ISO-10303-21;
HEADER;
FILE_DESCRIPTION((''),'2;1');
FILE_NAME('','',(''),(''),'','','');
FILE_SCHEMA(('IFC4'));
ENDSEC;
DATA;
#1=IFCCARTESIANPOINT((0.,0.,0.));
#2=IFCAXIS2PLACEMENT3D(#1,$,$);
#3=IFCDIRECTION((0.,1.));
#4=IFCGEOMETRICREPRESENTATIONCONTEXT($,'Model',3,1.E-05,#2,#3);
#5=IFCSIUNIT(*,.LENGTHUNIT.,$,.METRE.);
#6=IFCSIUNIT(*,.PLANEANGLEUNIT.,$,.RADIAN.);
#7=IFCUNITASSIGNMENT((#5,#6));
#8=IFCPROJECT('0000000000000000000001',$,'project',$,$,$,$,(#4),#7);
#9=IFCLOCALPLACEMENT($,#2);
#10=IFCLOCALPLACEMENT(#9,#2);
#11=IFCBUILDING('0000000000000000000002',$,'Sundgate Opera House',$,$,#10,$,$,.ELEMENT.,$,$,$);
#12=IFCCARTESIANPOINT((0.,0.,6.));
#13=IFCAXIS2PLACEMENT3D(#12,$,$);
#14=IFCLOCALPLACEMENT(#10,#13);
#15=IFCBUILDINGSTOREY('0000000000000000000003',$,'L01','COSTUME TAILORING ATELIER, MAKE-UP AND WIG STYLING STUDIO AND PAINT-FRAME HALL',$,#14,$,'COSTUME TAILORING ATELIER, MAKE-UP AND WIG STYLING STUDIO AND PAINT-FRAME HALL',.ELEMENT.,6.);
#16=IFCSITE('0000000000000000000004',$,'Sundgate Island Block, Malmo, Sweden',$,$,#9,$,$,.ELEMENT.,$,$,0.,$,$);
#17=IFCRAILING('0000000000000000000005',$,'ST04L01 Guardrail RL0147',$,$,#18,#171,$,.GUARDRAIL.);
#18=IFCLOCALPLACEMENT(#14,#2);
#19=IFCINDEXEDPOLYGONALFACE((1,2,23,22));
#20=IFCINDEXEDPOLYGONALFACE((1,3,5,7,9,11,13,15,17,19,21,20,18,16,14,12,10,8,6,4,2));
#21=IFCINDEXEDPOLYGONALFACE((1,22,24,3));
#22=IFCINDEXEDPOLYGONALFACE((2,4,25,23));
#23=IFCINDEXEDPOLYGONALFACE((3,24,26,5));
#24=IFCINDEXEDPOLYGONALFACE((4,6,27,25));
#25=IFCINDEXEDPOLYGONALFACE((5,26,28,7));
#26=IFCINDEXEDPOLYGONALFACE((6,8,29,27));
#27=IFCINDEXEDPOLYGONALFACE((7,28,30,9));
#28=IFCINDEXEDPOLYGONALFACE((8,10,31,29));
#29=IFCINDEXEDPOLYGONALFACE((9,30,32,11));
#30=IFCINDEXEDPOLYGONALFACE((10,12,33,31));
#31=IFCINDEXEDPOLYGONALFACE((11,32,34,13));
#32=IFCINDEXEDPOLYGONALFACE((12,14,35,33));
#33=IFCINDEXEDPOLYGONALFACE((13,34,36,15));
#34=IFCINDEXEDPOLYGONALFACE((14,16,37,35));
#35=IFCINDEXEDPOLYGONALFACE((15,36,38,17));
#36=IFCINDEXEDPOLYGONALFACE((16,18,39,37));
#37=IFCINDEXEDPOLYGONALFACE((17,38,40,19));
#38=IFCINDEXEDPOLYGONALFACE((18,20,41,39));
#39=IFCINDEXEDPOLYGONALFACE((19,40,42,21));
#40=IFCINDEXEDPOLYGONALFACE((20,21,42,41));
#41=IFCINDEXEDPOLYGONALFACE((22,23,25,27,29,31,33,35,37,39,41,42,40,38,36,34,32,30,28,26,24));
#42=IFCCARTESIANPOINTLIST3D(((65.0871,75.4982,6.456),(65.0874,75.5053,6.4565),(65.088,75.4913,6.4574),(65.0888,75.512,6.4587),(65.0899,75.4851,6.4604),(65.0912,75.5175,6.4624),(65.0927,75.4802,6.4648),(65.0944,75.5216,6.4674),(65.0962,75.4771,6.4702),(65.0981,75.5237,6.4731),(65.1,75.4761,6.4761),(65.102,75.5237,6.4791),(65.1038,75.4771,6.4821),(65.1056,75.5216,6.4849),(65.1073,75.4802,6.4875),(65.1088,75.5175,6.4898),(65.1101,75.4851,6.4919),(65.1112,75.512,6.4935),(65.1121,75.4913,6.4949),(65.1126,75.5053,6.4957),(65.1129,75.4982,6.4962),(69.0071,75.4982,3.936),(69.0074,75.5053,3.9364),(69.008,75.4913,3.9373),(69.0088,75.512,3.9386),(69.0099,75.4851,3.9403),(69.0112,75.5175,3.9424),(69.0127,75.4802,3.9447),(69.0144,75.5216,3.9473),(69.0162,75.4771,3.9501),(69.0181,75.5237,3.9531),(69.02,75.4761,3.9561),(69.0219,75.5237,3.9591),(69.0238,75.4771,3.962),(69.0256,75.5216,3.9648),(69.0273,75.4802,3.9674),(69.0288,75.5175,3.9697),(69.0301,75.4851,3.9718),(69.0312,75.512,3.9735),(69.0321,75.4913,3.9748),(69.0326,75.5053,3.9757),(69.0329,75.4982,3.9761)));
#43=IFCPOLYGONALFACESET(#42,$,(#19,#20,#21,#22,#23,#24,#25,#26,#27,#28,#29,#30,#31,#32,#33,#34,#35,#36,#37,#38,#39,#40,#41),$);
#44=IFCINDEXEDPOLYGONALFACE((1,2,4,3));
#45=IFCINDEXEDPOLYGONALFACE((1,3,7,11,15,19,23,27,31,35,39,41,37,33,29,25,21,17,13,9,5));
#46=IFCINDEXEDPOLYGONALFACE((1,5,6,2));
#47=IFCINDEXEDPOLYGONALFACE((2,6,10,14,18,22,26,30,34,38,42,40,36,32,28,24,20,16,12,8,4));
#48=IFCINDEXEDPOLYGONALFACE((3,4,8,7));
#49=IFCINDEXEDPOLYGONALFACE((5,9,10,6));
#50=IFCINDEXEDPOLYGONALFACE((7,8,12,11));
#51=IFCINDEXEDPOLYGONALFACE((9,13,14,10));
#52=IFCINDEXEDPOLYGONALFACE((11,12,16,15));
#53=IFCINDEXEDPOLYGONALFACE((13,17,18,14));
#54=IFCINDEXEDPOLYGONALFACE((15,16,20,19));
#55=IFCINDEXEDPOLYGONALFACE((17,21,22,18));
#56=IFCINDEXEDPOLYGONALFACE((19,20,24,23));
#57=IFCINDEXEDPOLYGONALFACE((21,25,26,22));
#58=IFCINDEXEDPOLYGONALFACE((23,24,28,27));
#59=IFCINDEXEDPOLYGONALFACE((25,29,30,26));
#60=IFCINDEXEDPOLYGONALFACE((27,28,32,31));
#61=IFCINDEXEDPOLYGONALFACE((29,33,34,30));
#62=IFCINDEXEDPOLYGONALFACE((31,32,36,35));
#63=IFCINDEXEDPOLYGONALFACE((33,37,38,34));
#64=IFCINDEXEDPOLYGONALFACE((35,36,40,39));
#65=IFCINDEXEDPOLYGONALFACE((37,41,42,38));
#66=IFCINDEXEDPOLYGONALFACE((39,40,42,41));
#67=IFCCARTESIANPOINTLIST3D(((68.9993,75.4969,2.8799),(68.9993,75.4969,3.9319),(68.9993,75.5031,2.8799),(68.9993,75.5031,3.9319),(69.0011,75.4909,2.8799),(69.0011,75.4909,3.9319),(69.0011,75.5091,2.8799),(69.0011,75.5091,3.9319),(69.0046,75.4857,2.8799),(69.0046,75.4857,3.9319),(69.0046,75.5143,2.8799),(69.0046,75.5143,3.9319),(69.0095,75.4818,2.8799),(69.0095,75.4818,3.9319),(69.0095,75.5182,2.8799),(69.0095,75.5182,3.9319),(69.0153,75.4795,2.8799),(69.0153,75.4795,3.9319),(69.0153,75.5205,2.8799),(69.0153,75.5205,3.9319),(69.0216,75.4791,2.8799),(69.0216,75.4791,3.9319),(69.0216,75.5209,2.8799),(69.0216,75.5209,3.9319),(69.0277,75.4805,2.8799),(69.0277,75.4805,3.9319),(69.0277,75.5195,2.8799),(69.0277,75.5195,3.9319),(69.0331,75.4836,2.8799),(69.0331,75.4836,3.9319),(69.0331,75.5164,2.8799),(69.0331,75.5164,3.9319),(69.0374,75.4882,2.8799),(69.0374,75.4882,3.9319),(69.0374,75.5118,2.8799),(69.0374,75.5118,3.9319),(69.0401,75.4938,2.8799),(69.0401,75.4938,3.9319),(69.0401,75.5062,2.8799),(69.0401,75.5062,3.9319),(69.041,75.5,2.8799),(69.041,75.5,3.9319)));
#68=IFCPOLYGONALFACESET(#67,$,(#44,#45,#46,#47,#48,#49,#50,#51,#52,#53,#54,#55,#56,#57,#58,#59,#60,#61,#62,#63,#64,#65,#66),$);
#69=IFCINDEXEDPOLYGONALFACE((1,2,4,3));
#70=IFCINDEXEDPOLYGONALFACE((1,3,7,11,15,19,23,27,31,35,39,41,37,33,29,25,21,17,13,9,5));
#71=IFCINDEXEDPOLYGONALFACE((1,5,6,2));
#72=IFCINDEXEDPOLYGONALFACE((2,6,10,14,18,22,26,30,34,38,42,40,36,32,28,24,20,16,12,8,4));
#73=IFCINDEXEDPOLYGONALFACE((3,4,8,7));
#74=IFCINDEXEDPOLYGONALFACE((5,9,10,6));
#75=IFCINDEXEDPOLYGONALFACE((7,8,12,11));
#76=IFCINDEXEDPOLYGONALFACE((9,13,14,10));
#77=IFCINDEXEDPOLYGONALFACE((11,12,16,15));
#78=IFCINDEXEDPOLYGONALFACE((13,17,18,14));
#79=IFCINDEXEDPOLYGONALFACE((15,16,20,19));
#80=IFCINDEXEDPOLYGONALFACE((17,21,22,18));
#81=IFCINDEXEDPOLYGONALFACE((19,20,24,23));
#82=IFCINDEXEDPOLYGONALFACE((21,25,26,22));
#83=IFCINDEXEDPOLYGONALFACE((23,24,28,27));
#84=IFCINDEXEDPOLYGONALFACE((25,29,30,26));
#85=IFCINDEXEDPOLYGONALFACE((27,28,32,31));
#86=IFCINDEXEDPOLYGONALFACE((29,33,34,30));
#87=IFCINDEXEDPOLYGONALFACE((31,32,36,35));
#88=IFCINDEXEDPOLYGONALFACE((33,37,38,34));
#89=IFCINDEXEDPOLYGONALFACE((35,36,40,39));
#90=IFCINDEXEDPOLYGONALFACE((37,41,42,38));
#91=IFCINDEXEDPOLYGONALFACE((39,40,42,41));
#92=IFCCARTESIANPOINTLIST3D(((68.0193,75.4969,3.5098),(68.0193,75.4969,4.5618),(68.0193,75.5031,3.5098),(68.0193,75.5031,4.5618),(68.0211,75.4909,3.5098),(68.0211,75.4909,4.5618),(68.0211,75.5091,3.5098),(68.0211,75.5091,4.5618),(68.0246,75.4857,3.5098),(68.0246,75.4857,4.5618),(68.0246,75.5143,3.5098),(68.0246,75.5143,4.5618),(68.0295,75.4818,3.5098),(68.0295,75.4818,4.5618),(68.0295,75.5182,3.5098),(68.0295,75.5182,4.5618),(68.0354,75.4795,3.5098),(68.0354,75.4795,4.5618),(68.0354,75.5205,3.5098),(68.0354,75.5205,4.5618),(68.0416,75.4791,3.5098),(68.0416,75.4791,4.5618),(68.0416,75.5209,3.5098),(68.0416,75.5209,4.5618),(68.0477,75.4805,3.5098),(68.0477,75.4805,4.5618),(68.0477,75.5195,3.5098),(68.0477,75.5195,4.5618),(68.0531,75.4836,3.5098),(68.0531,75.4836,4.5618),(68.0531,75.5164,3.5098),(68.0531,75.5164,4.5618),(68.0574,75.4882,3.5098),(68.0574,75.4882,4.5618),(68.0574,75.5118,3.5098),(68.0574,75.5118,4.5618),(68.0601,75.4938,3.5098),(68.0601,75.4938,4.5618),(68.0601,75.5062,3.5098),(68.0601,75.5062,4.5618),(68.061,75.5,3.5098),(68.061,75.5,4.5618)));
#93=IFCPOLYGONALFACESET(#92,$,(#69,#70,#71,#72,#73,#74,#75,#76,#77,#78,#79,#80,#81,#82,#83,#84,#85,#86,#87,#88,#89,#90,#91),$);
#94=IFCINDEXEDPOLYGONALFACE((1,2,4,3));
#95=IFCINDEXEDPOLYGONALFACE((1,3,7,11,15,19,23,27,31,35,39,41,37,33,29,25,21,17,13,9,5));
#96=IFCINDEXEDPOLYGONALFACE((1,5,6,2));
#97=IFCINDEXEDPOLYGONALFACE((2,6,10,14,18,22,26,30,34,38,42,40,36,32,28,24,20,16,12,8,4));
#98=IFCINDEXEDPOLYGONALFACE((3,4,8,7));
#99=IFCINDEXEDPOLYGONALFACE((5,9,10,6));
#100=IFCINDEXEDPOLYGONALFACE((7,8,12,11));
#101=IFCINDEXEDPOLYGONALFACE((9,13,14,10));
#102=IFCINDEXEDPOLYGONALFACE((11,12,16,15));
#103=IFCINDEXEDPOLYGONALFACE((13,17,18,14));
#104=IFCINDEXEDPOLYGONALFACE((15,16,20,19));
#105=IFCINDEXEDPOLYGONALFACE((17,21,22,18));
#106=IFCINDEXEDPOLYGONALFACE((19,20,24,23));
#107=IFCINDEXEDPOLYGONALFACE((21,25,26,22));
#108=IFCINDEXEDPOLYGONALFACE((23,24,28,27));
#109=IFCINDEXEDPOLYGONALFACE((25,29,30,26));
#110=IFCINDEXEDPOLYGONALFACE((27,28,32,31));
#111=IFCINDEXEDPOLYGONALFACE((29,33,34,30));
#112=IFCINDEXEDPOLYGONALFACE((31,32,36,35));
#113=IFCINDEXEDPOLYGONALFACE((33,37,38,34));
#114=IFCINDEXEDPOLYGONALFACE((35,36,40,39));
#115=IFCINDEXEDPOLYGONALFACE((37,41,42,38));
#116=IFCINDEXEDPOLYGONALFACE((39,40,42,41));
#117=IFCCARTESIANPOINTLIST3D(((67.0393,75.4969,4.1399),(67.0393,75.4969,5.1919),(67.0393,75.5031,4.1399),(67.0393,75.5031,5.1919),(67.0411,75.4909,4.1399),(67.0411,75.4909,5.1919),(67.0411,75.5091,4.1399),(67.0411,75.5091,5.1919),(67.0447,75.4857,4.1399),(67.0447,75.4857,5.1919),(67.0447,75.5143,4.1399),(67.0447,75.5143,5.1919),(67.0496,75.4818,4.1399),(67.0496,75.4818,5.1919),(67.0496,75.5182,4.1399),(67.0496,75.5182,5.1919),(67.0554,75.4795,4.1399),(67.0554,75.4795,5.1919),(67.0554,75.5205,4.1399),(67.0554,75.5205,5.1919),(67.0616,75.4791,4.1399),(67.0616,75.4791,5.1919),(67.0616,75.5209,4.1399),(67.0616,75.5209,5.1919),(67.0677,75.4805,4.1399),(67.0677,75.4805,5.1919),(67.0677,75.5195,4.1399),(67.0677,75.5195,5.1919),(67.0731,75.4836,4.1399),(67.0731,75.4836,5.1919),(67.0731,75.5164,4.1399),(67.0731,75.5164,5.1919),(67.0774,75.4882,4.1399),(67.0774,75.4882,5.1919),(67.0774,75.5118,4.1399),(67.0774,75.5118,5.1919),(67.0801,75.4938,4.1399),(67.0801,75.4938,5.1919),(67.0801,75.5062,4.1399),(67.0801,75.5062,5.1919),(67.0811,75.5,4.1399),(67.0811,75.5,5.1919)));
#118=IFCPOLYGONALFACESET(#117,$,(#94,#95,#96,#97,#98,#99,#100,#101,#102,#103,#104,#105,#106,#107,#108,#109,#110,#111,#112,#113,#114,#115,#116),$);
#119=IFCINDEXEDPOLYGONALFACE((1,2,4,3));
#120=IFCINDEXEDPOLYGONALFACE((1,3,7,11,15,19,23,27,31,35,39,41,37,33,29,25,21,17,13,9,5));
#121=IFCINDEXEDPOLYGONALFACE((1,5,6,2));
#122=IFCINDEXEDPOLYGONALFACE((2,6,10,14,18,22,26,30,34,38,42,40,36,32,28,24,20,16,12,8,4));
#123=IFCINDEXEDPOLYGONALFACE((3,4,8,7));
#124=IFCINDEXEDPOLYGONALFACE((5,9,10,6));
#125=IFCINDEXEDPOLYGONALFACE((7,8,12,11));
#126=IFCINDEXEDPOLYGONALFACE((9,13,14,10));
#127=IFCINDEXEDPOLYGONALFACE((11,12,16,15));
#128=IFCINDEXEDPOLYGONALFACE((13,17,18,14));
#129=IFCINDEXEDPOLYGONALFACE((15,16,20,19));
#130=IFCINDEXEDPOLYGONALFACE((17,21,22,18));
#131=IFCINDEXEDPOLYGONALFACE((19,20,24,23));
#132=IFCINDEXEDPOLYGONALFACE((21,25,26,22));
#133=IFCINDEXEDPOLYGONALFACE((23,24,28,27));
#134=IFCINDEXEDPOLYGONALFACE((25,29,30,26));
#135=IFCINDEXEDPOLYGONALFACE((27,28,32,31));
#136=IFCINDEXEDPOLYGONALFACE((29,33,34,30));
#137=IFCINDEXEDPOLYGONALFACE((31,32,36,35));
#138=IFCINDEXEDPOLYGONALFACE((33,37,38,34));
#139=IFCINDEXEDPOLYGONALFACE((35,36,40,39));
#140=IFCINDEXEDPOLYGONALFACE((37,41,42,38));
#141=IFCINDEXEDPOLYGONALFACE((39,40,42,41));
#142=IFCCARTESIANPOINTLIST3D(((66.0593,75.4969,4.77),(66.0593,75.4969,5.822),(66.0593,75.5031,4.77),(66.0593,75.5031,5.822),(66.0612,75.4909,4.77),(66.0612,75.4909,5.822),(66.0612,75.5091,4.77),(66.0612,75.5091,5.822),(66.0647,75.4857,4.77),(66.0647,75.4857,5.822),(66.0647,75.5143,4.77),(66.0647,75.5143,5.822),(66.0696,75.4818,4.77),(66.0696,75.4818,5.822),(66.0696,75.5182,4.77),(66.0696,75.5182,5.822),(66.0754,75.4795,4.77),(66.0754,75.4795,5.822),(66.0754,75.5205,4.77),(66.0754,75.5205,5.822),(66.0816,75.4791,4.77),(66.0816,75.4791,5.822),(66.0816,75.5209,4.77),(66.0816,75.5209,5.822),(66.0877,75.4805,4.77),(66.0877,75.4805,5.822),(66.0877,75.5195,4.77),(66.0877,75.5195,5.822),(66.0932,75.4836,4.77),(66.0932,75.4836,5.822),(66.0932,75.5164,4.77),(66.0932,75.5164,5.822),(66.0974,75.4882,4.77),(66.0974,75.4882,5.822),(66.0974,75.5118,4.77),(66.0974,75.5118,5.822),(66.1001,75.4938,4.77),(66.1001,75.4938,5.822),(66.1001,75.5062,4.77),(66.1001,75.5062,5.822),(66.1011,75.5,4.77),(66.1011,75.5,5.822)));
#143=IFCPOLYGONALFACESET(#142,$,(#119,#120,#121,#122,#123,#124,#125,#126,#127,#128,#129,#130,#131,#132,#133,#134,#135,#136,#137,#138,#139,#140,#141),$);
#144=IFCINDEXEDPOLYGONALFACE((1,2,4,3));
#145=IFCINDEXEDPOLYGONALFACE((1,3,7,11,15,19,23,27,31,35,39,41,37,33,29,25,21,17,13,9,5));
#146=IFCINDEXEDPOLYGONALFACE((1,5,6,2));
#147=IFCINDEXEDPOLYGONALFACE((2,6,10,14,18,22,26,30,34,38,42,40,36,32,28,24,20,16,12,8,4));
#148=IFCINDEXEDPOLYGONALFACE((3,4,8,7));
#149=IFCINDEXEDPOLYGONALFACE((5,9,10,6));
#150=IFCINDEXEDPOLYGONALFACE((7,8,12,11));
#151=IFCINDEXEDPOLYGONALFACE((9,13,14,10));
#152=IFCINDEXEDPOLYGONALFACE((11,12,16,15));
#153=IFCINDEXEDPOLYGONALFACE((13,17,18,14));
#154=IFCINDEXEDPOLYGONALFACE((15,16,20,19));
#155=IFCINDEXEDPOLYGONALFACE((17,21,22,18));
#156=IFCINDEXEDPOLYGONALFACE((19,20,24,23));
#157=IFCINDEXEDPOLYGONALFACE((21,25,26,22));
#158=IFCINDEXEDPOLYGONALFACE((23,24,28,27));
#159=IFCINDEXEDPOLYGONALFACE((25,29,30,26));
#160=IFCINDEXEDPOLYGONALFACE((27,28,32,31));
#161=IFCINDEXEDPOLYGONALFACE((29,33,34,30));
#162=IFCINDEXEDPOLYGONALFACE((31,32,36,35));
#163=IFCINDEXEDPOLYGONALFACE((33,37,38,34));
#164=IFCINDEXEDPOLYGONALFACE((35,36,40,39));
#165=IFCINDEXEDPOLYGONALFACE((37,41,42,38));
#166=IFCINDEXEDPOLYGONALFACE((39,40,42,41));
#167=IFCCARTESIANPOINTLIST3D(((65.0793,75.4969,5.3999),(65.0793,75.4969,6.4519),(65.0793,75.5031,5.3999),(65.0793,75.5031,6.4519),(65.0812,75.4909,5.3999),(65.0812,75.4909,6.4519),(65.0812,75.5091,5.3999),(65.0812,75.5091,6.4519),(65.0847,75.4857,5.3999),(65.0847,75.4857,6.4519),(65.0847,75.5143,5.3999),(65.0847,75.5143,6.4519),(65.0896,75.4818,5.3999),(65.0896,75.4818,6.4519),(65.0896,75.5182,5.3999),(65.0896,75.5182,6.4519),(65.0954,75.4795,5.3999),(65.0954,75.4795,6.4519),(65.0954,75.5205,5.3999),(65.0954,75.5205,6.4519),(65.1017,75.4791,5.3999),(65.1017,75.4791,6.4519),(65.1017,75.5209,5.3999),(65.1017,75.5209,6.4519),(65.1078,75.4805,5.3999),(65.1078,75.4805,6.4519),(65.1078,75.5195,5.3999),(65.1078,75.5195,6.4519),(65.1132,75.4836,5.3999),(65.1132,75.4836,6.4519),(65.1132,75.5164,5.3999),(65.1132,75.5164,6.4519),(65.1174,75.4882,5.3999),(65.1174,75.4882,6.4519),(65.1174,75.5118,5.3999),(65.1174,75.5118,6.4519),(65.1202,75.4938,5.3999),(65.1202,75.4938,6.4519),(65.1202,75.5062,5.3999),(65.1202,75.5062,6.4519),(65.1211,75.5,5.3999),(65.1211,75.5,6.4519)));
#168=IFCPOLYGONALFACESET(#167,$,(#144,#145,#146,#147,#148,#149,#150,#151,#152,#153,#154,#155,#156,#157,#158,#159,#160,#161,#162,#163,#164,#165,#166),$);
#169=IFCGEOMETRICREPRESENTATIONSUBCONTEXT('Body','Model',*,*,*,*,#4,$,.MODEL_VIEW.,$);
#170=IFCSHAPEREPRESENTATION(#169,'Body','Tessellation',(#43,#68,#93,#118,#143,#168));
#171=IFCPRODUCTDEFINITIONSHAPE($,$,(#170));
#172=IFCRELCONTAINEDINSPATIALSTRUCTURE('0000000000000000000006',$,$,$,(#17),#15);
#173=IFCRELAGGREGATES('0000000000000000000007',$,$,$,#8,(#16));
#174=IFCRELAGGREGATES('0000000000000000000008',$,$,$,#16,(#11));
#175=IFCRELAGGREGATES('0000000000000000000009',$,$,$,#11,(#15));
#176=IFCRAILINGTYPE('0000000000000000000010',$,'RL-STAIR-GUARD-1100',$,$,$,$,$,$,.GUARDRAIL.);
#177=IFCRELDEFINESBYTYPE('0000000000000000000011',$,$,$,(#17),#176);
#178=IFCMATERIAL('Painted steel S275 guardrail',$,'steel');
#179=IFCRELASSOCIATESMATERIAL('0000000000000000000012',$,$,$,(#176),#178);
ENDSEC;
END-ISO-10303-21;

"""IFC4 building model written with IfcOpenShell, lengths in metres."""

from ifc_helpers import new_model, si_unit, direction, frame, origin, origin_2d, place, context, subcontext, project, spatial, circle, extrude, material, type_object, element, save


model = new_model("IFC4")

# Units and contexts
model_context = context("Model", 3, precision=1e-05, world=origin(), true_north=direction((0.0, 1.0)))
body_context = subcontext(model_context, "Body", "Model", "MODEL_VIEW")
ifc_project = project(units=[si_unit("LENGTHUNIT", "METRE"), si_unit("PLANEANGLEUNIT", "RADIAN")], contexts=[model_context])

# Site, building, storey
site_placement = place(None, origin())
site = spatial("IfcSite", under=ifc_project, at=site_placement, Name="Sundgate Island Block, Malmo, Sweden", CompositionType="ELEMENT", RefElevation=0.0)
building_placement = place(site_placement, origin())
building = spatial("IfcBuilding", under=site, at=building_placement, Name="Sundgate Opera House", CompositionType="ELEMENT")
storey_placement = place(building_placement, frame((0.0, 0.0, 6.0)))
storey = spatial("IfcBuildingStorey", under=building, at=storey_placement, Name="L01", Description="COSTUME TAILORING ATELIER, MAKE-UP AND WIG STYLING STUDIO AND PAINT-FRAME HALL", LongName="COSTUME TAILORING ATELIER, MAKE-UP AND WIG STYLING STUDIO AND PAINT-FRAME HALL", CompositionType="ELEMENT", Elevation=6.0)

# Railing
ifc_material_1 = material(Name="Painted steel S275 guardrail", Category="steel")
railing_type_1 = type_object("IfcRailingType", Name="RL-STAIR-GUARD-1100", PredefinedType="GUARDRAIL", material=ifc_material_1)
railing_1_placement = place(storey_placement, frame((69.02, 75.5, 2.8799)))
element("IfcRailing", 1, at=railing_1_placement, inside=storey, type_object=railing_type_1, Name="ST04L01 Guardrail RL0147", PredefinedType="GUARDRAIL", context=body_context, shape_type="SweptSolid", body=[
    extrude(circle(Radius=0.0239, at=origin_2d()), frame((0.0, 0.0, 1.0762), z_axis=(-0.841172, 0.0, 0.540768), x_axis=(0.0, -1.0, 0.0)), (0.0, 0.0, 1.0), 4.6602),
    extrude(circle(Radius=0.021, at=origin_2d()), origin(), (0.0, 0.0, 1.0), 1.052),
    extrude(circle(Radius=0.021, at=origin_2d()), frame((-0.98, 0.0, 0.6299)), (0.0, 0.0, 1.0), 1.052),
    extrude(circle(Radius=0.021, at=origin_2d()), frame((-1.96, 0.0, 1.26)), (0.0, 0.0, 1.0), 1.052),
    extrude(circle(Radius=0.021, at=origin_2d()), frame((-2.9399, 0.0, 1.8901)), (0.0, 0.0, 1.0), 1.052),
    extrude(circle(Radius=0.021, at=origin_2d()), frame((-3.9199, 0.0, 2.52)), (0.0, 0.0, 1.0), 1.052),
])

save(model, "model.ifc")
